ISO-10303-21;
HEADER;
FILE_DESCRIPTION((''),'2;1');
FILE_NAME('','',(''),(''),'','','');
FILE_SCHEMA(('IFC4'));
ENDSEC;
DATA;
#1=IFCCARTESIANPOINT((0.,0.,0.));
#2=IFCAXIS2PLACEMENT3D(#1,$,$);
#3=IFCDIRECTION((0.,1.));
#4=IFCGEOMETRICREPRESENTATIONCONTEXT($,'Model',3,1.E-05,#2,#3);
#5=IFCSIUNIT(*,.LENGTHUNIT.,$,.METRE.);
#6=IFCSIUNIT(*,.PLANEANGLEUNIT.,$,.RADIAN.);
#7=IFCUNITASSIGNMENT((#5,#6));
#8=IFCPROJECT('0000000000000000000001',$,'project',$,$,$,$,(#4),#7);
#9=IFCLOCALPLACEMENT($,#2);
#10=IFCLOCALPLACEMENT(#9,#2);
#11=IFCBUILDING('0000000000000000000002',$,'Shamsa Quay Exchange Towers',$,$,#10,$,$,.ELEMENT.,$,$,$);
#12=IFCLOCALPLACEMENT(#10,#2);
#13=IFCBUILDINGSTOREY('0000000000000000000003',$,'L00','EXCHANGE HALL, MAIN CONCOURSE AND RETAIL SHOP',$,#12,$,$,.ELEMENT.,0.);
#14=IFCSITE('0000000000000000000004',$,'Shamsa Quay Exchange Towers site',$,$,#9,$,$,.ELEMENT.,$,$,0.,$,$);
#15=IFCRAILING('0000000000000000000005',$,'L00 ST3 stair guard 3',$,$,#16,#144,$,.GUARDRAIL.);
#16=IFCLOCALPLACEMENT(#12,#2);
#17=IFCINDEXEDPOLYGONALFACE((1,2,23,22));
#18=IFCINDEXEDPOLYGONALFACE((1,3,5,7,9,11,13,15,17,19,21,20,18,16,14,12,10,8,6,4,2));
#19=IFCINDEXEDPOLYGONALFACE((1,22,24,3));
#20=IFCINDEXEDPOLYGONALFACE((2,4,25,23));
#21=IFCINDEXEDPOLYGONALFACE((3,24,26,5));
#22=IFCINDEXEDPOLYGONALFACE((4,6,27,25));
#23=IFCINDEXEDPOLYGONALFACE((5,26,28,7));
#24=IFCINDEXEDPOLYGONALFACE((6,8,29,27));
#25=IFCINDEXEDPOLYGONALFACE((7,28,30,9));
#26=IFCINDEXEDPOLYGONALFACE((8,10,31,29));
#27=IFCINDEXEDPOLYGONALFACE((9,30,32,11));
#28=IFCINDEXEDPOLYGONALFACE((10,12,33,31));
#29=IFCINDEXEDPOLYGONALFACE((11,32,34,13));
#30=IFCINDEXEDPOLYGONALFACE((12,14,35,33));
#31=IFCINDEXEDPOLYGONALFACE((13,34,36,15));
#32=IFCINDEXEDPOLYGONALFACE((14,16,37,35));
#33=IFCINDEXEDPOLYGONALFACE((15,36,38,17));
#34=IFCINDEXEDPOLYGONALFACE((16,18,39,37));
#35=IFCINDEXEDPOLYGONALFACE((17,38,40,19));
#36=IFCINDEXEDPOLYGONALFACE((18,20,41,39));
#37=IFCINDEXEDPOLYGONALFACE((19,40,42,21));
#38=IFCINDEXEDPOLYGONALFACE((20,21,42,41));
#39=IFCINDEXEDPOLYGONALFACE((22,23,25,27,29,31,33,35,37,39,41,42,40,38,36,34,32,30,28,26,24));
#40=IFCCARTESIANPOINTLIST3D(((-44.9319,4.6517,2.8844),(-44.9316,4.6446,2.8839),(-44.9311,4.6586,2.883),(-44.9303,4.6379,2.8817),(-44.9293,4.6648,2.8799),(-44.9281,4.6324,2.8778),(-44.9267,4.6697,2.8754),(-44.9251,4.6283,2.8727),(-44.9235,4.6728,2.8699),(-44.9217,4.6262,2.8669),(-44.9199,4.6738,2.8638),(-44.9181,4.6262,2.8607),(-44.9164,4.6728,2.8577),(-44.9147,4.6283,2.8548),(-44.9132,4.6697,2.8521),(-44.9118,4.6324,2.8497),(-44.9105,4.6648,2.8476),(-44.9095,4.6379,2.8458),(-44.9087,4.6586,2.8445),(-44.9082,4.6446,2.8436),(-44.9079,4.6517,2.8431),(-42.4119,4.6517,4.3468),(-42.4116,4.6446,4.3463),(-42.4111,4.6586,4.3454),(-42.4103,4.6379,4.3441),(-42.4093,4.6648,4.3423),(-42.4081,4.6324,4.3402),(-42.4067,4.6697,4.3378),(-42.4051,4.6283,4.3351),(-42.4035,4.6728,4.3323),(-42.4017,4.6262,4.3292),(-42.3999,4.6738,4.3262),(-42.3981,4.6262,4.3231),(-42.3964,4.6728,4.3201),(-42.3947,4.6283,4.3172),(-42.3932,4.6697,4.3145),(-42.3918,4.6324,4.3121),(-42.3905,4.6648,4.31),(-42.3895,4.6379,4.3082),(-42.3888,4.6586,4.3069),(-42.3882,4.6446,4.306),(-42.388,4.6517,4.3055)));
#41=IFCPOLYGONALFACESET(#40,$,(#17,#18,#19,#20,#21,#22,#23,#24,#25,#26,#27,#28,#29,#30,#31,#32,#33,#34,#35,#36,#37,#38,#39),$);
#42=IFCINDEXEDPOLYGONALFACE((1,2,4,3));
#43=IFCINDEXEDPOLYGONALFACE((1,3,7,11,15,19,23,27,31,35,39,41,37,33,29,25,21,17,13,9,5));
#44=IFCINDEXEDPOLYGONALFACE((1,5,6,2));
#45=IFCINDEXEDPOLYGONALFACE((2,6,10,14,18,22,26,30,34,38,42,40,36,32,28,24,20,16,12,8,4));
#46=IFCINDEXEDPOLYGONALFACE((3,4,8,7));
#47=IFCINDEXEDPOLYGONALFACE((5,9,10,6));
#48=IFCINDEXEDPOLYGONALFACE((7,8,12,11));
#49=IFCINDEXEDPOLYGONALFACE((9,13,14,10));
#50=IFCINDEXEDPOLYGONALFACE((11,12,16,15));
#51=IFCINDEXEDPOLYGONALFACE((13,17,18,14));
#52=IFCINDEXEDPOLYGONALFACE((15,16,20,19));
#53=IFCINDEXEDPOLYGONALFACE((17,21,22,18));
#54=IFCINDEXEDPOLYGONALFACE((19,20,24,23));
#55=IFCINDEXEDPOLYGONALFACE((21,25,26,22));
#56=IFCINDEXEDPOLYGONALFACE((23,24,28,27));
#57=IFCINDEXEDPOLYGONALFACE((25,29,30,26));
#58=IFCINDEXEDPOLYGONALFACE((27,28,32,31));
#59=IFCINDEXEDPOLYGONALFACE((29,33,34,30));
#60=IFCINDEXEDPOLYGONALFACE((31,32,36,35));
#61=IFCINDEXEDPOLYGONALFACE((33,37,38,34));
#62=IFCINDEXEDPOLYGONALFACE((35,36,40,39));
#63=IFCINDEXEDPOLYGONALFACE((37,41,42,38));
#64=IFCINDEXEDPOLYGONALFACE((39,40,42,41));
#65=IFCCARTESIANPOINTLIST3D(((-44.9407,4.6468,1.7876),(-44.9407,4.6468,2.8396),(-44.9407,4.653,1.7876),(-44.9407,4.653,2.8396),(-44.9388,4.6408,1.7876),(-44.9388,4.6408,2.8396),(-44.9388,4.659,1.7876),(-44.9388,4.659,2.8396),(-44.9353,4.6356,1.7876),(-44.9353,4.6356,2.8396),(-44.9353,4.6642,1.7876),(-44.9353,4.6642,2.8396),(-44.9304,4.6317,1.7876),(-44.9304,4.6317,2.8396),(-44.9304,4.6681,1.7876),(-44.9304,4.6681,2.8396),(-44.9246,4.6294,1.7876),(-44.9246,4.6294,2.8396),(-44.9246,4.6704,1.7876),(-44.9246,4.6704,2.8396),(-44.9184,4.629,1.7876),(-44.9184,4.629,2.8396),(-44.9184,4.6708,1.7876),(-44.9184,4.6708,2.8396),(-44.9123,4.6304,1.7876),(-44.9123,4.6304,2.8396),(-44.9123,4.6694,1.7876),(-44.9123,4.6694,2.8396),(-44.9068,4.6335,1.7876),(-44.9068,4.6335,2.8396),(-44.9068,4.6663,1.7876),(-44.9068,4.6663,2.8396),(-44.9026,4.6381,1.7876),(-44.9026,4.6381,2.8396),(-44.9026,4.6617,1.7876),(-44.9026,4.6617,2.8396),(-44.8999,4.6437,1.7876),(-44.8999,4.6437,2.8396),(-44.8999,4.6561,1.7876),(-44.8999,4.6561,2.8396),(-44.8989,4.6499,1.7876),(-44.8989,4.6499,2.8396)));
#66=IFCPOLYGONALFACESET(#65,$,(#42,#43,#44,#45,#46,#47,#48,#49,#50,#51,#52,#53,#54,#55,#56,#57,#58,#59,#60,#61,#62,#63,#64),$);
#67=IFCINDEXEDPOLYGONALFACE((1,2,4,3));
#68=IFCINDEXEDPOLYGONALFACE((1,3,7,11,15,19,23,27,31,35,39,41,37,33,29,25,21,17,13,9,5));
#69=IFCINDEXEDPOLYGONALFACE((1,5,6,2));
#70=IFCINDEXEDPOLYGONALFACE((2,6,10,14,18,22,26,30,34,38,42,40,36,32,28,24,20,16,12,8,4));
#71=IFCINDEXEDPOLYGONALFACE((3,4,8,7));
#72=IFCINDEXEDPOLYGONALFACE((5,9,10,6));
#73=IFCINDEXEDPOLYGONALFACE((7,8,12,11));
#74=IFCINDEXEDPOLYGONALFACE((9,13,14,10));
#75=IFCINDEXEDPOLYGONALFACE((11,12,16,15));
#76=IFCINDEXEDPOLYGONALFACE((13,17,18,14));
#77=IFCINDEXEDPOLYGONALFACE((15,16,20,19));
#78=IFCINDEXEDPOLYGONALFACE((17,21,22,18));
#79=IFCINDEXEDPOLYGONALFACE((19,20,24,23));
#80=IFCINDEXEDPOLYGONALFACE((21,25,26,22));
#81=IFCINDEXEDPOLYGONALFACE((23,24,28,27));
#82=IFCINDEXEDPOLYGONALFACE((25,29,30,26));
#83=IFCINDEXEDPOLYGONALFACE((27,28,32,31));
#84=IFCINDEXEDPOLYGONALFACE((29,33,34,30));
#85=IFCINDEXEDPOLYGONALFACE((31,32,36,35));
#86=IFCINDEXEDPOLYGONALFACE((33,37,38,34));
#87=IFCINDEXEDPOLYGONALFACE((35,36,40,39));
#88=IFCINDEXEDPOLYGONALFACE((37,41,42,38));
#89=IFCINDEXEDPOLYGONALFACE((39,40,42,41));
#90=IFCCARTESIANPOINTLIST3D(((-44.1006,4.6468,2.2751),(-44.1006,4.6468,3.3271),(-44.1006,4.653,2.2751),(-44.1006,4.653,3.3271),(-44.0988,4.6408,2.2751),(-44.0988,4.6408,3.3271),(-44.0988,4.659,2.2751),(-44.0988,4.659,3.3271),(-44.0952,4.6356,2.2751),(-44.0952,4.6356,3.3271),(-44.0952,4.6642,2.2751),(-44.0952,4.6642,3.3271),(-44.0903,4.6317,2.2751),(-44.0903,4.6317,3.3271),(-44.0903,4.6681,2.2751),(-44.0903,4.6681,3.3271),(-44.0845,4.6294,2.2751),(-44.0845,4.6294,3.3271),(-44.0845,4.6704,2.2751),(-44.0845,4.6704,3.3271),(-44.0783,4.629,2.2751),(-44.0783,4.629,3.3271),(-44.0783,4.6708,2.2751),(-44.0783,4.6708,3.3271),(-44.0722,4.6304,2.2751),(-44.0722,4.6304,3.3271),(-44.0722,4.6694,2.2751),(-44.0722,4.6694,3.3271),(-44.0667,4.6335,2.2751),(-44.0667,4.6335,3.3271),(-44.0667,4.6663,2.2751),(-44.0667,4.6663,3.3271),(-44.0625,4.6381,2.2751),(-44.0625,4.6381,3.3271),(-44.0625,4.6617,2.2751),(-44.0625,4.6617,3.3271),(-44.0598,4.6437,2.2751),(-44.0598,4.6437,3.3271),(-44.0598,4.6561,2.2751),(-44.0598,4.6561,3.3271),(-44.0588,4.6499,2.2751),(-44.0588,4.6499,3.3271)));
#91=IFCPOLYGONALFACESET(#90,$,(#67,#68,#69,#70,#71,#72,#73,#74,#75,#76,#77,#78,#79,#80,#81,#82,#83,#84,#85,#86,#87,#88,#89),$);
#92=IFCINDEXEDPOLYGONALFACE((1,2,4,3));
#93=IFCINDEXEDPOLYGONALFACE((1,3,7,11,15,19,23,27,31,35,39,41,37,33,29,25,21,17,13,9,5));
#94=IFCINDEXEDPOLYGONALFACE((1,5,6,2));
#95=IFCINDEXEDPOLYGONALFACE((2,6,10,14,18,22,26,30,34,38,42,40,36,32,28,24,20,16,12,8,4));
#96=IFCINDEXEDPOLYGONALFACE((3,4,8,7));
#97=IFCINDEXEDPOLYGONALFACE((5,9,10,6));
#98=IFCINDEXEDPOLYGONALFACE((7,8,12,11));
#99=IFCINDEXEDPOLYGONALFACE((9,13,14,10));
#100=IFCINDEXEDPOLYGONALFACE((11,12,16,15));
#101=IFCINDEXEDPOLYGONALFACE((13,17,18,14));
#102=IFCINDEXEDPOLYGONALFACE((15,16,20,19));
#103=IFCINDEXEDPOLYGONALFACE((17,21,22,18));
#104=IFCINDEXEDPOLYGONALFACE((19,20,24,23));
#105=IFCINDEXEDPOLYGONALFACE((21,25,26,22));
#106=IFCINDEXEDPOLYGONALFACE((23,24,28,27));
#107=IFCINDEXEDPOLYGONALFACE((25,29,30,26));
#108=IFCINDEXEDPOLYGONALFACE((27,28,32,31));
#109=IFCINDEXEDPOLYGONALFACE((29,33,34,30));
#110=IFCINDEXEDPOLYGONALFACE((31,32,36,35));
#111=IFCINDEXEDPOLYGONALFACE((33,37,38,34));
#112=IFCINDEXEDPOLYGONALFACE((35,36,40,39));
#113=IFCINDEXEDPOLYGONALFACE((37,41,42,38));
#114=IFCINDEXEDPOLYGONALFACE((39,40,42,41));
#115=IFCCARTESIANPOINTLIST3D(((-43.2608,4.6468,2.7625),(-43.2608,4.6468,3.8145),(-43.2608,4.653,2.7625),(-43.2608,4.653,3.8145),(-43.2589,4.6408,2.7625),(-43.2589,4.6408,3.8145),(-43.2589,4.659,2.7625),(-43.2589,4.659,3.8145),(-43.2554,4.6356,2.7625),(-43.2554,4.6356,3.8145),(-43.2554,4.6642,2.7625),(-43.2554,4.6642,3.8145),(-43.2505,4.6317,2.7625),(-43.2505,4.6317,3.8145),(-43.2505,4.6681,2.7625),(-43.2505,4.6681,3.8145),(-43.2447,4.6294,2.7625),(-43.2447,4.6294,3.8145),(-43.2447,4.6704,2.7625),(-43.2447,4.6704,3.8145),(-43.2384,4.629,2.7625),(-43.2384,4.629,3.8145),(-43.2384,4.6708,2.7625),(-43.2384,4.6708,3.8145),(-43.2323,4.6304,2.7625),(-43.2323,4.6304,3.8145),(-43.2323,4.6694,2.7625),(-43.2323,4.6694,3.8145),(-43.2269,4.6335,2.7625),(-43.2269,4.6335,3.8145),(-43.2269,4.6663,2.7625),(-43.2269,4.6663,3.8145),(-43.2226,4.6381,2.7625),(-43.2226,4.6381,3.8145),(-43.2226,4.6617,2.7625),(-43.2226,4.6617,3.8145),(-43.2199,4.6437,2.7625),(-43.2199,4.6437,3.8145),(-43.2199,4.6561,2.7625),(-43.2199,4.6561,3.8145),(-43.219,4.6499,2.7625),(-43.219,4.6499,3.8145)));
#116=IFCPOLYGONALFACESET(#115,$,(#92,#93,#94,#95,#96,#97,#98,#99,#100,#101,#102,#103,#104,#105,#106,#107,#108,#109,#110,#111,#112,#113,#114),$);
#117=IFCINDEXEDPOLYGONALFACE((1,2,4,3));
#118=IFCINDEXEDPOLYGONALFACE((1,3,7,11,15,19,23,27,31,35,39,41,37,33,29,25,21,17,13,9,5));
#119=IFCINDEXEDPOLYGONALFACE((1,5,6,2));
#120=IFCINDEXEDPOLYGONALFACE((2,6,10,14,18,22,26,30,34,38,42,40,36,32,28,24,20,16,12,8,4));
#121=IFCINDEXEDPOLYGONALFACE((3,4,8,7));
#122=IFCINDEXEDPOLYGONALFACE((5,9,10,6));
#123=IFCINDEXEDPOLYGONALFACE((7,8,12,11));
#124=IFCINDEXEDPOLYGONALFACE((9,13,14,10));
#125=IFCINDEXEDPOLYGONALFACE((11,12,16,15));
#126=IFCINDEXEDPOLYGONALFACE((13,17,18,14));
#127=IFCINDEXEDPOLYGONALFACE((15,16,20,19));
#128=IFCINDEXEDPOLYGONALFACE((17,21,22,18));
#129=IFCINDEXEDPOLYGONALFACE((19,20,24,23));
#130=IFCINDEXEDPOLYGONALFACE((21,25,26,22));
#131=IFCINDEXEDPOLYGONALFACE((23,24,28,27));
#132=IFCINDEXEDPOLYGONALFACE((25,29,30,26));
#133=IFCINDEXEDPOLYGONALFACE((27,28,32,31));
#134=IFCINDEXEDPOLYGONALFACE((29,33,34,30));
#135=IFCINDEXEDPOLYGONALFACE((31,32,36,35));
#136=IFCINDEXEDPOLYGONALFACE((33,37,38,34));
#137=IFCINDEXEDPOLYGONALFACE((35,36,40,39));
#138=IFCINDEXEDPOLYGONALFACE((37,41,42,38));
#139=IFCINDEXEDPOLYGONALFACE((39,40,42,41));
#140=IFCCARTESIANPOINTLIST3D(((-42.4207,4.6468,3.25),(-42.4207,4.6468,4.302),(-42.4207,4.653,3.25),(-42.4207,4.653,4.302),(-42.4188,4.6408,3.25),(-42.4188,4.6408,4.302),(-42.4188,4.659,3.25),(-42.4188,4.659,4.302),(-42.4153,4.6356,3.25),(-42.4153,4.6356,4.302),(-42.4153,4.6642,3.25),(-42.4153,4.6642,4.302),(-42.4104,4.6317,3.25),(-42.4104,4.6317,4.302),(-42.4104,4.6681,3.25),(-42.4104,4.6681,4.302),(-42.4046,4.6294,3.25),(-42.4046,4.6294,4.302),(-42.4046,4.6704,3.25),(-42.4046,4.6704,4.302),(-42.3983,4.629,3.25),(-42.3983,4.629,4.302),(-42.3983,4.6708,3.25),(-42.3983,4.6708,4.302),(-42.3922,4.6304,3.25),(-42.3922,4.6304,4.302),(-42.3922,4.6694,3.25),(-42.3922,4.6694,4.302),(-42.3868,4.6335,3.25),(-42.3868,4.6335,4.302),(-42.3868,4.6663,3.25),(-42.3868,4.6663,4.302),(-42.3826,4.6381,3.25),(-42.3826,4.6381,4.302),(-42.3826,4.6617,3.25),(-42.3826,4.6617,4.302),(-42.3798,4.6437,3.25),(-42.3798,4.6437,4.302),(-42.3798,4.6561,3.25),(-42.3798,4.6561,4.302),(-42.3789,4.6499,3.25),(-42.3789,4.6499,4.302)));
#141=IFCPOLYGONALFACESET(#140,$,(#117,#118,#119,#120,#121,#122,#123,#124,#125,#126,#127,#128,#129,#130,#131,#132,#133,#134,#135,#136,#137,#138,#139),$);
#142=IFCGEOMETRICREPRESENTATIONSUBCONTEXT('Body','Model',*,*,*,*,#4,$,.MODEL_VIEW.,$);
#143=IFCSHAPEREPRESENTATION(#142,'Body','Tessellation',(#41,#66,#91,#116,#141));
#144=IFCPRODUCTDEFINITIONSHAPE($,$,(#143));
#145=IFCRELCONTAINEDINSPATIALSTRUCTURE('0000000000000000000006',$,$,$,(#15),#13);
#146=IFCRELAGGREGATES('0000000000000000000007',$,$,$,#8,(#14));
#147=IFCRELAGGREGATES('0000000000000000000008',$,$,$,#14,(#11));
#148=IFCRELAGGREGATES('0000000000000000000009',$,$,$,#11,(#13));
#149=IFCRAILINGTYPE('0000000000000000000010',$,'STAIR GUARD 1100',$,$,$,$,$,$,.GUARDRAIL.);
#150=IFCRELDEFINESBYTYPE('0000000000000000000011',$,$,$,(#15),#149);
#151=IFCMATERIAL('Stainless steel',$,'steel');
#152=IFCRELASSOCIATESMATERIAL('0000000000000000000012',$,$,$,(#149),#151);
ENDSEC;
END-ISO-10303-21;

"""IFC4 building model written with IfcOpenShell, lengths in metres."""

from ifc_helpers import new_model, si_unit, direction, frame, origin, origin_2d, place, context, subcontext, project, spatial, circle, extrude, material, type_object, element, save


model = new_model("IFC4")

# Units and contexts
model_context = context("Model", 3, precision=1e-05, world=origin(), true_north=direction((0.0, 1.0)))
body_context = subcontext(model_context, "Body", "Model", "MODEL_VIEW")
ifc_project = project(units=[si_unit("LENGTHUNIT", "METRE"), si_unit("PLANEANGLEUNIT", "RADIAN")], contexts=[model_context])

# Site, building, storey
site_placement = place(None, origin())
site = spatial("IfcSite", under=ifc_project, at=site_placement, Name="Shamsa Quay Exchange Towers site", CompositionType="ELEMENT", RefElevation=0.0)
building_placement = place(site_placement, origin())
building = spatial("IfcBuilding", under=site, at=building_placement, Name="Shamsa Quay Exchange Towers", CompositionType="ELEMENT")
storey_placement = place(building_placement, origin())
storey = spatial("IfcBuildingStorey", under=building, at=storey_placement, Name="L00", Description="EXCHANGE HALL, MAIN CONCOURSE AND RETAIL SHOP", CompositionType="ELEMENT", Elevation=0.0)

# Railing
ifc_material_1 = material(Name="Stainless steel", Category="steel")
railing_type_1 = type_object("IfcRailingType", Name="STAIR GUARD 1100", PredefinedType="GUARDRAIL", material=ifc_material_1)
for number, where, name in (
    (1, (-44.9199, 4.6499, 1.7876), "L00 ST3 stair guard 3"),
):
    element("IfcRailing", number, at=place(storey_placement, frame(where)), inside=storey, type_object=railing_type_1, Name=name, PredefinedType="GUARDRAIL", context=body_context, shape_type="SweptSolid", body=[
        extrude(circle(Radius=0.0239, at=origin_2d()), frame((0.0, 0.0, 1.0762), z_axis=(0.864913, 0.0, 0.501921), x_axis=(0.0, 1.0, 0.0)), (0.0, 0.0, 1.0), 2.9136),
        extrude(circle(Radius=0.021, at=origin_2d()), origin(), (0.0, 0.0, 1.0), 1.052),
        extrude(circle(Radius=0.021, at=origin_2d()), frame((0.8401, 0.0, 0.4875)), (0.0, 0.0, 1.0), 1.052),
        extrude(circle(Radius=0.021, at=origin_2d()), frame((1.6799, 0.0, 0.9749)), (0.0, 0.0, 1.0), 1.052),
        extrude(circle(Radius=0.021, at=origin_2d()), frame((2.52, 0.0, 1.4624)), (0.0, 0.0, 1.0), 1.052),
    ])

save(model, "model.ifc")
